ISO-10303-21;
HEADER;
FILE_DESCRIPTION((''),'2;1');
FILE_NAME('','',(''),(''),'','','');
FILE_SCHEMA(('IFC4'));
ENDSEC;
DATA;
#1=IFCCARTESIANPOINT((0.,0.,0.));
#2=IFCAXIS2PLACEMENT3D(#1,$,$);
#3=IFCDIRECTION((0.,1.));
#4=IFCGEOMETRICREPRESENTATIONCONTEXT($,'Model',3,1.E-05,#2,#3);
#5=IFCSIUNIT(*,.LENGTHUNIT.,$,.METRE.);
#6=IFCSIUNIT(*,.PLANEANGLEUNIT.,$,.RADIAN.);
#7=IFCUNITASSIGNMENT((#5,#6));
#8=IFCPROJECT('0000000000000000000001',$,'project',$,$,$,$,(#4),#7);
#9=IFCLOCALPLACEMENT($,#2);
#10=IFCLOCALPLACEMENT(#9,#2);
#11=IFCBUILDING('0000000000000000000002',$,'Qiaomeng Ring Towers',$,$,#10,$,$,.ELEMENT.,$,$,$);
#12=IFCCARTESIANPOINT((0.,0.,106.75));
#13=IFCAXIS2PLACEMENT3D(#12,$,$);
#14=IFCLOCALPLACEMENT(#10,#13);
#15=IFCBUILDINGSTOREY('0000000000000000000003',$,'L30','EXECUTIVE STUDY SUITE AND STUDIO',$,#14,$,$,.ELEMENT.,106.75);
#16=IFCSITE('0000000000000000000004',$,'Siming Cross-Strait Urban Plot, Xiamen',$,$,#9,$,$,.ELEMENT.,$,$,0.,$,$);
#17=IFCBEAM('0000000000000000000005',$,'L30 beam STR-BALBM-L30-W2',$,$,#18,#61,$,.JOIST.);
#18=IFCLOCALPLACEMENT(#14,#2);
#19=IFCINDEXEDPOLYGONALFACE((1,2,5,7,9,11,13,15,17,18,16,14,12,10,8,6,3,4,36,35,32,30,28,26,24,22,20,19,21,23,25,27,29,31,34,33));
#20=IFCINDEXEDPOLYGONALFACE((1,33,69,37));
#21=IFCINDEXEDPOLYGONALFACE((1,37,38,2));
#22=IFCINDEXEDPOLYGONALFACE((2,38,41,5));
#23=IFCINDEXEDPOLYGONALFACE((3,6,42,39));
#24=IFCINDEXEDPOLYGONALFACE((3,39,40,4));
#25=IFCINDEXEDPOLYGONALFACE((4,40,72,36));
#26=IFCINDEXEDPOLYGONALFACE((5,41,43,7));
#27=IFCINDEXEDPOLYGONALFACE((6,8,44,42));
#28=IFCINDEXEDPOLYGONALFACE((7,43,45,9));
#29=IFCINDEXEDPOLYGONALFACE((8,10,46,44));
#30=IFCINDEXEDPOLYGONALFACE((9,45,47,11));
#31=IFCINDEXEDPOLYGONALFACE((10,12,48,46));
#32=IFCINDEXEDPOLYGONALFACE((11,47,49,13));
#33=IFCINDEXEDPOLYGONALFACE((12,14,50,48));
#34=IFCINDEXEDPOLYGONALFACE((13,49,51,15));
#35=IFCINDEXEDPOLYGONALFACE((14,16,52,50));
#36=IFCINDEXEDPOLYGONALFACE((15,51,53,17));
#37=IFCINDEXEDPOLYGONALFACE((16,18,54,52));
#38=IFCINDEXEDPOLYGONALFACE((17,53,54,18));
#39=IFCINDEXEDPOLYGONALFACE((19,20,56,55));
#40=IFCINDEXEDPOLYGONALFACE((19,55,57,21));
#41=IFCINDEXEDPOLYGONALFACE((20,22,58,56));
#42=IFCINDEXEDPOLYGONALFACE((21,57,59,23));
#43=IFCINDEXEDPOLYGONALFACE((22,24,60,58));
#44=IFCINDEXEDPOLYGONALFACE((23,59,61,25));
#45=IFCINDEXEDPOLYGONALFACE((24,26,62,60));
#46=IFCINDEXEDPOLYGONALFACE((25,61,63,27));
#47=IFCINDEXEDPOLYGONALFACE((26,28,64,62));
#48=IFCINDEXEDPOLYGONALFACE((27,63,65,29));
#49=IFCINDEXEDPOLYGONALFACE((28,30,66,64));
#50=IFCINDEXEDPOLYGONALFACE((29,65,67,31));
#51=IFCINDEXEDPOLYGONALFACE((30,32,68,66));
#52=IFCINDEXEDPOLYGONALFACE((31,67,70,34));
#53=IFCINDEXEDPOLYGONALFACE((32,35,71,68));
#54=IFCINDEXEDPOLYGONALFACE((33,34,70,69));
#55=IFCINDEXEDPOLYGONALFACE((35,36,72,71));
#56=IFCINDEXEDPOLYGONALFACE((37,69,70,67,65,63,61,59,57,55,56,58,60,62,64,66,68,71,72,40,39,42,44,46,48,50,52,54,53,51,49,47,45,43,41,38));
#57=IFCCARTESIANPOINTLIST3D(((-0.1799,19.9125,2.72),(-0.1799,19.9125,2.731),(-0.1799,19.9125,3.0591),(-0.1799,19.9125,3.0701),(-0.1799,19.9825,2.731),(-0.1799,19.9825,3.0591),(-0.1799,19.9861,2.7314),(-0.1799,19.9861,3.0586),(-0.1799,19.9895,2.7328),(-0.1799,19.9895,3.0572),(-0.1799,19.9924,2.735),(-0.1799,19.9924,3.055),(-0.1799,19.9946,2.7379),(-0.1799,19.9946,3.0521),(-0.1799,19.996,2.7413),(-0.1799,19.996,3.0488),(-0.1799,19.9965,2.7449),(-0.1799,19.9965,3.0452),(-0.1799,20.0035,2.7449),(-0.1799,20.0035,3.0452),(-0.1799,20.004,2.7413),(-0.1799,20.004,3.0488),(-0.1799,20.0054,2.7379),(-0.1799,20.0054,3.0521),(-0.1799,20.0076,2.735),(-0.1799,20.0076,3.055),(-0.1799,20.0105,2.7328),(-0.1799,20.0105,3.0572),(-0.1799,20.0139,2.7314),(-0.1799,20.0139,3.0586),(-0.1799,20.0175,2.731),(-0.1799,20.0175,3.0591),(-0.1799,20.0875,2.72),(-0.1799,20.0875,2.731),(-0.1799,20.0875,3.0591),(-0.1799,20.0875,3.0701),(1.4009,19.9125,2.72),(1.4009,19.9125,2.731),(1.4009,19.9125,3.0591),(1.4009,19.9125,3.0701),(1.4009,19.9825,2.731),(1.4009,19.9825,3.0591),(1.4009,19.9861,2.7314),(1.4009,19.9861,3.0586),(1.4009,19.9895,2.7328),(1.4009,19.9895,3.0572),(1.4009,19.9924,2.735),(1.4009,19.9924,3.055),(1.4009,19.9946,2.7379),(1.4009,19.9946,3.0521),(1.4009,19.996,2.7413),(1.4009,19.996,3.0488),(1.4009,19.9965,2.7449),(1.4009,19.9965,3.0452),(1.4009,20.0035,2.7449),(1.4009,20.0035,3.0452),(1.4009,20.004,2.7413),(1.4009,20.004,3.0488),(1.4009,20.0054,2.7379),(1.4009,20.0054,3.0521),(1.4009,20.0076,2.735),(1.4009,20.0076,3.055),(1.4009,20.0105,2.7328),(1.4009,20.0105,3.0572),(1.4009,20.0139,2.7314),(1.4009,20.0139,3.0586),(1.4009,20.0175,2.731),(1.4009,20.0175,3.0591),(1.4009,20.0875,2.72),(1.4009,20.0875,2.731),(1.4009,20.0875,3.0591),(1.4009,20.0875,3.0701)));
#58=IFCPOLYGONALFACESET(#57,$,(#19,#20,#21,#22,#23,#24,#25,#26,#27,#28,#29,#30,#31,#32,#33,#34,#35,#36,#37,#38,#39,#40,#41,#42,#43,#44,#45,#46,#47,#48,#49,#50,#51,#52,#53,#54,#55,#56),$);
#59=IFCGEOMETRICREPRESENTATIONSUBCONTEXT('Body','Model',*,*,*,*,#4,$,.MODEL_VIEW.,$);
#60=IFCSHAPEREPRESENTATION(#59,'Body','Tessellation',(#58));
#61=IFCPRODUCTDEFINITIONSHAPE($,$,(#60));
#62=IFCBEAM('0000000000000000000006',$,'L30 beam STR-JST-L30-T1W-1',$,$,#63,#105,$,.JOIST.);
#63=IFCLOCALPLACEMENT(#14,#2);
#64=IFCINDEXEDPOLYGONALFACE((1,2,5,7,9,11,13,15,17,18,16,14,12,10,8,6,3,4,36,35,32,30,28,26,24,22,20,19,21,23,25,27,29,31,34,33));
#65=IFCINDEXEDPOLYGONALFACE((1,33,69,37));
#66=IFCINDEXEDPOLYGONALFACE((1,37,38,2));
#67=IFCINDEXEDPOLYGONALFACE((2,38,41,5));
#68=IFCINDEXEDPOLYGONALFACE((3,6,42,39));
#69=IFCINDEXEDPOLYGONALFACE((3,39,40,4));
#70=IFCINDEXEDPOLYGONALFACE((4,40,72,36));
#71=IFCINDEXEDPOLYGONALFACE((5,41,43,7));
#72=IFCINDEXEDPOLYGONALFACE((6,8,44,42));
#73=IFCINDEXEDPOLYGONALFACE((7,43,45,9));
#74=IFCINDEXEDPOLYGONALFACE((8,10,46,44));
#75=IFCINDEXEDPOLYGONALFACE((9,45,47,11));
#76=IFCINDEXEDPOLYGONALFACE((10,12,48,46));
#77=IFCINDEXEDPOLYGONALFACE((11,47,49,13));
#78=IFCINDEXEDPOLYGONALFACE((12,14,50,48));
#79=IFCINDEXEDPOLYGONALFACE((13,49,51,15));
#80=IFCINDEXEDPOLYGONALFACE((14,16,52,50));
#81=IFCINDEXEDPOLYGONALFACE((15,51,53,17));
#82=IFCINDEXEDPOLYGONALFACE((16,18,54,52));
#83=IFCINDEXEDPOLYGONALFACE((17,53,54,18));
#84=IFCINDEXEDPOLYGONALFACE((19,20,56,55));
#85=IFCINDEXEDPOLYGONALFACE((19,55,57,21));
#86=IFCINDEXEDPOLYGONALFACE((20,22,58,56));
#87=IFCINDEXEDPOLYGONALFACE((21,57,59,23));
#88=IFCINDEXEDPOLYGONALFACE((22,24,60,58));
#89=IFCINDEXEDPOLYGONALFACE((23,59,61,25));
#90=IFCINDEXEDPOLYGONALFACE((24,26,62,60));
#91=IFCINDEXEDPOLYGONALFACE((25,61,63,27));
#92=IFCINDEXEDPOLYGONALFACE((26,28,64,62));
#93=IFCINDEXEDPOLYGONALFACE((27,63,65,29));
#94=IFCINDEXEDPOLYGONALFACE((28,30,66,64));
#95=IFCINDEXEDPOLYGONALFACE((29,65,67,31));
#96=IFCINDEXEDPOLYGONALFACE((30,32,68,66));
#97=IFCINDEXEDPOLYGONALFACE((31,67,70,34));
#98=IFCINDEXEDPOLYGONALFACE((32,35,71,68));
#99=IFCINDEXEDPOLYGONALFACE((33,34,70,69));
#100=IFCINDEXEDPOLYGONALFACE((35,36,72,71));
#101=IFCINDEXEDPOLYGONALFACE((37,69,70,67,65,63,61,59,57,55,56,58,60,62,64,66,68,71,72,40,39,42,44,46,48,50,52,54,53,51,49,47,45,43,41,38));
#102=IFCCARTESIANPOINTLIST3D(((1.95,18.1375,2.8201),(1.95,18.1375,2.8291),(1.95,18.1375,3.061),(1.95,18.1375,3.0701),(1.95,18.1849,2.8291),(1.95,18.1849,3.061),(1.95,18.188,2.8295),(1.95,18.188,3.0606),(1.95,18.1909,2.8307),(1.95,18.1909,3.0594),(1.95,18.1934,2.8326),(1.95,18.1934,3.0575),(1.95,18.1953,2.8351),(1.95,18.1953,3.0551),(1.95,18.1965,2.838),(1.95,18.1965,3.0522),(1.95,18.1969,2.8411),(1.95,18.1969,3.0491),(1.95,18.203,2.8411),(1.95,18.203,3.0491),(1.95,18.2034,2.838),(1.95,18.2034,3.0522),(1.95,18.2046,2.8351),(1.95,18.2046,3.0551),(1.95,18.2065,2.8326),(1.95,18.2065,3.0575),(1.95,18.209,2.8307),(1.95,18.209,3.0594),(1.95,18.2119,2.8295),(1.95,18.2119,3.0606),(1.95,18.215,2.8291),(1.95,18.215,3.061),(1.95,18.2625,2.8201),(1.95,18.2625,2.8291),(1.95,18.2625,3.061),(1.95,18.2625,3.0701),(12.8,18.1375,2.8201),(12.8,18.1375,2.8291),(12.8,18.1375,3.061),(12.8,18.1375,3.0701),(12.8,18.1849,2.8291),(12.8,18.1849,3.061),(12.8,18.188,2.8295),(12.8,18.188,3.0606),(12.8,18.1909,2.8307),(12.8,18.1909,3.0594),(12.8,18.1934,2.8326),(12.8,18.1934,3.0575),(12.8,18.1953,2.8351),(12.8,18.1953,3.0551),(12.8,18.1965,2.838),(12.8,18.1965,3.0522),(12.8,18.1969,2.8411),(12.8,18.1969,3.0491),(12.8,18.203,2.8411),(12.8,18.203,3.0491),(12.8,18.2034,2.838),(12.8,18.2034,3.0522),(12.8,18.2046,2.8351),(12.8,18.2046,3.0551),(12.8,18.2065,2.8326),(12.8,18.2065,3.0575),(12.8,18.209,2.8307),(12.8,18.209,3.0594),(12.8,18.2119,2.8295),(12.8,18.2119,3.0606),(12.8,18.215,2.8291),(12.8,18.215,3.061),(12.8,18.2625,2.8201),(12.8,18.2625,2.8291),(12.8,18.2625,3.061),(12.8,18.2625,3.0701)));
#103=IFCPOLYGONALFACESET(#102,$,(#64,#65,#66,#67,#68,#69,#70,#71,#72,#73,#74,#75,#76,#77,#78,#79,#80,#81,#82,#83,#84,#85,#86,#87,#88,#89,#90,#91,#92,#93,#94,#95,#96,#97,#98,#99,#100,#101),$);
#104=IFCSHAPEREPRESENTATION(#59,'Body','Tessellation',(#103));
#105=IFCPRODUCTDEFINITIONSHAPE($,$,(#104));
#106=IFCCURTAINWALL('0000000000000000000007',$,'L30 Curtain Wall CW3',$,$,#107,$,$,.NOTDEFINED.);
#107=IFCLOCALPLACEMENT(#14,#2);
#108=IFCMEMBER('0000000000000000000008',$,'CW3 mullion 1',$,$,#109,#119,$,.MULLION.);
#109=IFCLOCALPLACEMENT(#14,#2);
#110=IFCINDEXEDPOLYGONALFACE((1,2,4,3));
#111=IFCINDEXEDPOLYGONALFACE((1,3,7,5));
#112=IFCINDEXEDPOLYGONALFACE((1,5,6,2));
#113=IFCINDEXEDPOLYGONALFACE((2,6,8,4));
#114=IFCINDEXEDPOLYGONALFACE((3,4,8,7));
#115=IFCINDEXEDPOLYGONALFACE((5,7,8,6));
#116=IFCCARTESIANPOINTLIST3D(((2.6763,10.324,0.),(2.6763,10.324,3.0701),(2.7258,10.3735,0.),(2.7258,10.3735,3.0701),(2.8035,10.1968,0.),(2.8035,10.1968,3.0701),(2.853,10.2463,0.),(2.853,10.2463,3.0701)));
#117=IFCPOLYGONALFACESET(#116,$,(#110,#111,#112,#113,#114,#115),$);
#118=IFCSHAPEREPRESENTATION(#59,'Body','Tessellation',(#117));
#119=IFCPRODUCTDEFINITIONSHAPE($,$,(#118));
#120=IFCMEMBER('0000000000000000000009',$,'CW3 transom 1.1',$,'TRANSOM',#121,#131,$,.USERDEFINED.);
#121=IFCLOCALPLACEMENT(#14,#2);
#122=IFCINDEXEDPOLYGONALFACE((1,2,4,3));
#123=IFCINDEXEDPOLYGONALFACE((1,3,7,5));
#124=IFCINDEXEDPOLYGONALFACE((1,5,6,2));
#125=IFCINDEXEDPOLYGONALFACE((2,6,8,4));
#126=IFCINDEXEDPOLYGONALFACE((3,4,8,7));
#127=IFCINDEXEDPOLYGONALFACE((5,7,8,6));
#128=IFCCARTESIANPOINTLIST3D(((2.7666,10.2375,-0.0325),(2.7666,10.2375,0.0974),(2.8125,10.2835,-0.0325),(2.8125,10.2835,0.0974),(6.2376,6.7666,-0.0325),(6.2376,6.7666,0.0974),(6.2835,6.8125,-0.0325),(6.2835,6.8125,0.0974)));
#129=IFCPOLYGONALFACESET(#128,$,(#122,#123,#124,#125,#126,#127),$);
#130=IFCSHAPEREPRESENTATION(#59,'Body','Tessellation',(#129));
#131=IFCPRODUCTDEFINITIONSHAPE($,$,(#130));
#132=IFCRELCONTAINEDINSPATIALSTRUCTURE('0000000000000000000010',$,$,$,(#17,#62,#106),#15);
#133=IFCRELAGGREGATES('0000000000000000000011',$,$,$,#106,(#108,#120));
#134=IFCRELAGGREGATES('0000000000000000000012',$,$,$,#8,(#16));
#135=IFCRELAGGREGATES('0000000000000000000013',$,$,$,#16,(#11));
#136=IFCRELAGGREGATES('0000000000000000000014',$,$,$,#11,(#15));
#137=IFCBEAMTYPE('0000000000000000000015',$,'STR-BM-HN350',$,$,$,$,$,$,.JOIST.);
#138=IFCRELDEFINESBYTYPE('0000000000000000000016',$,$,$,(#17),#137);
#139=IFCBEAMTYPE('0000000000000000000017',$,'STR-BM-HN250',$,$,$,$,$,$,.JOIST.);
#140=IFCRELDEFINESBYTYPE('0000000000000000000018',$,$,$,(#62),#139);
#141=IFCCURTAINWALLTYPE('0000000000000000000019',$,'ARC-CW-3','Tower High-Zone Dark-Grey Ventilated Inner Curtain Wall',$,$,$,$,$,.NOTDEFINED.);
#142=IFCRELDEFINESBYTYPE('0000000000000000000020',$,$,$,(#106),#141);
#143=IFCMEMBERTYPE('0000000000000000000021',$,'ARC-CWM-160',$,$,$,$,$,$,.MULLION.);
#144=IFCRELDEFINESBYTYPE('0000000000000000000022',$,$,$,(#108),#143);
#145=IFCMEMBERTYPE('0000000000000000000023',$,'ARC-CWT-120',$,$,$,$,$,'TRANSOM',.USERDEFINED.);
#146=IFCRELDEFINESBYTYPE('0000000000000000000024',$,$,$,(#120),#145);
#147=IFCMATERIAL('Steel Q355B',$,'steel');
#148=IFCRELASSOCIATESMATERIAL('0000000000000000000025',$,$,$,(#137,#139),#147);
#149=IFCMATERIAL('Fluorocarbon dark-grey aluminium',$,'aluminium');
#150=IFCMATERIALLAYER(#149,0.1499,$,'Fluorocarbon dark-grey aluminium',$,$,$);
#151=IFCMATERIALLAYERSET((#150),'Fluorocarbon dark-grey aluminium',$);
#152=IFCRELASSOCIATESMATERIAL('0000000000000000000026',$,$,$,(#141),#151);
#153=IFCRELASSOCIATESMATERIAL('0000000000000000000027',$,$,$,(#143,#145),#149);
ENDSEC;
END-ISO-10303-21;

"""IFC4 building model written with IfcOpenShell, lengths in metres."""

from ifc_helpers import new_model, si_unit, direction, frame, origin, origin_2d, place, context, subcontext, project, spatial, rectangle, i_section, extrude, source, transform, mapped, material, layer, layer_set, material_profile, profile_set, type_object, element, aggregate, save


model = new_model("IFC4")

# Units and contexts
model_context = context("Model", 3, precision=1e-05, world=origin(), true_north=direction((0.0, 1.0)))
body_context = subcontext(model_context, "Body", "Model", "MODEL_VIEW")
ifc_project = project(units=[si_unit("LENGTHUNIT", "METRE"), si_unit("PLANEANGLEUNIT", "RADIAN")], contexts=[model_context])

# Site, building, storey
site_placement = place(None, origin())
site = spatial("IfcSite", under=ifc_project, at=site_placement, Name="Siming Cross-Strait Urban Plot, Xiamen", CompositionType="ELEMENT", RefElevation=0.0)
building_placement = place(site_placement, origin())
building = spatial("IfcBuilding", under=site, at=building_placement, Name="Qiaomeng Ring Towers", CompositionType="ELEMENT")
storey_placement = place(building_placement, frame((0.0, 0.0, 106.75)))
storey = spatial("IfcBuildingStorey", under=building, at=storey_placement, Name="L30", Description="EXECUTIVE STUDY SUITE AND STUDIO", CompositionType="ELEMENT", Elevation=106.75)

# Beams
ifc_material_1 = material(Name="Steel Q355B", Category="steel")
ifc_material_profile_1 = material_profile(ifc_material_1, i_section(OverallWidth=0.175, OverallDepth=0.3501, WebThickness=0.0071, FlangeThickness=0.011, FilletRadius=0.0139, at=origin_2d()), Name="HN 350x175x7x11")
ifc_profile_set_1 = profile_set([ifc_material_profile_1], Name="Steel Q355B")
beam_type_1 = type_object("IfcBeamType", Name="STR-BM-HN350", PredefinedType="JOIST", material=ifc_profile_set_1)
shared_shape_1 = source(origin(), body_context, "Body", "SweptSolid", [
    extrude(i_section(OverallWidth=0.175, OverallDepth=0.3501, WebThickness=0.0071, FlangeThickness=0.011, FilletRadius=0.0139, at=origin_2d()), origin(), (0.0, 0.0, 1.0), 1.5808),
])
beam_1_placement = place(storey_placement, frame((-0.1799, 20.0, 2.895), z_axis=(1.0, 0.0, 0.0), x_axis=(0.0, 1.0, 0.0)))
element("IfcBeam", 1, at=beam_1_placement, inside=storey, type_object=beam_type_1, Name="L30 beam STR-BALBM-L30-W2", PredefinedType="JOIST", context=body_context, shape_type="MappedRepresentation", body=[
    mapped(shared_shape_1, transform((0.0, 0.0, 0.0), x_axis=(1.0, 0.0, 0.0), y_axis=(0.0, 1.0, 0.0), z_axis=(0.0, 0.0, 1.0), scale=1.0)),
])
ifc_material_profile_2 = material_profile(ifc_material_1, i_section(OverallWidth=0.125, OverallDepth=0.25, WebThickness=0.0061, FlangeThickness=0.009, FilletRadius=0.012, at=origin_2d()), Name="HN 250x125x6x9")
ifc_profile_set_2 = profile_set([ifc_material_profile_2], Name="Steel Q355B")
beam_type_2 = type_object("IfcBeamType", Name="STR-BM-HN250", PredefinedType="JOIST", material=ifc_profile_set_2)
shared_shape_2 = source(origin(), body_context, "Body", "SweptSolid", [
    extrude(i_section(OverallWidth=0.125, OverallDepth=0.25, WebThickness=0.0061, FlangeThickness=0.009, FilletRadius=0.012, at=origin_2d()), origin(), (0.0, 0.0, 1.0), 10.8501),
])
beam_2_placement = place(storey_placement, frame((1.95, 18.2, 2.9451), z_axis=(1.0, 0.0, 0.0), x_axis=(0.0, 1.0, 0.0)))
element("IfcBeam", 2, at=beam_2_placement, inside=storey, type_object=beam_type_2, Name="L30 beam STR-JST-L30-T1W-1", PredefinedType="JOIST", context=body_context, shape_type="MappedRepresentation", body=[
    mapped(shared_shape_2, transform((0.0, 0.0, 0.0), x_axis=(1.0, 0.0, 0.0), y_axis=(0.0, 1.0, 0.0), z_axis=(0.0, 0.0, 1.0), scale=1.0)),
])

# Curtain wall, members
ifc_material_2 = material(Name="Fluorocarbon dark-grey aluminium", Category="aluminium")
ifc_layer_1 = layer(ifc_material_2, 0.1499, Name="Fluorocarbon dark-grey aluminium")
ifc_layer_set_1 = layer_set([ifc_layer_1], Name="Fluorocarbon dark-grey aluminium")
curtain_wall_type = type_object("IfcCurtainWallType", Name="ARC-CW-3", Description="Tower High-Zone Dark-Grey Ventilated Inner Curtain Wall", PredefinedType="NOTDEFINED", material=ifc_layer_set_1)
curtain_wall_placement = place(storey_placement, origin())
curtain_wall = element("IfcCurtainWall", 3, at=curtain_wall_placement, inside=storey, type_object=curtain_wall_type, Name="L30 Curtain Wall CW3", PredefinedType="NOTDEFINED")
ifc_material_profile_3 = material_profile(ifc_material_2, rectangle(XDim=0.0701, YDim=0.1799, at=origin_2d()), Name="ALU MULL 70x180")
ifc_profile_set_3 = profile_set([ifc_material_profile_3], Name="Fluorocarbon dark-grey aluminium")
member_type_1 = type_object("IfcMemberType", Name="ARC-CWM-160", PredefinedType="MULLION", material=ifc_profile_set_3)
shared_shape_3 = source(origin(), body_context, "Body", "SweptSolid", [
    extrude(rectangle(XDim=0.0701, YDim=0.1799, at=origin_2d()), origin(), (0.0, 0.0, 1.0), 3.0701),
])
member_1_placement = place(storey_placement, frame((2.7646, 10.2852, 0.0), z_axis=(0.0, 0.0, 1.0), x_axis=(0.707107, 0.707107, 0.0)))
member_1 = element("IfcMember", 4, at=member_1_placement, type_object=member_type_1, Name="CW3 mullion 1", PredefinedType="MULLION", context=body_context, shape_type="MappedRepresentation", body=[
    mapped(shared_shape_3, transform((0.0, 0.0, 0.0), x_axis=(1.0, 0.0, 0.0), y_axis=(0.0, 1.0, 0.0), z_axis=(0.0, 0.0, 1.0), scale=1.0)),
])
ifc_material_profile_4 = material_profile(ifc_material_2, rectangle(XDim=0.0649, YDim=0.1299, at=origin_2d()), Name="ALU TRAN 65x130")
ifc_profile_set_4 = profile_set([ifc_material_profile_4], Name="Fluorocarbon dark-grey aluminium")
member_type_2 = type_object("IfcMemberType", Name="ARC-CWT-120", ElementType="TRANSOM", PredefinedType="USERDEFINED", material=ifc_profile_set_4)
shared_shape_4 = source(origin(), body_context, "Body", "SweptSolid", [
    extrude(rectangle(XDim=0.0649, YDim=0.1299, at=origin_2d()), origin(), (0.0, 0.0, 1.0), 4.9087),
])
member_2_placement = place(storey_placement, frame((2.7896, 10.2605, 0.0325), z_axis=(0.707107, -0.707107, 0.0), x_axis=(0.707107, 0.707107, 0.0)))
member_2 = element("IfcMember", 5, at=member_2_placement, type_object=member_type_2, Name="CW3 transom 1.1", ObjectType="TRANSOM", PredefinedType="USERDEFINED", context=body_context, shape_type="MappedRepresentation", body=[
    mapped(shared_shape_4, transform((0.0, 0.0, 0.0), x_axis=(1.0, 0.0, 0.0), y_axis=(0.0, 1.0, 0.0), z_axis=(0.0, 0.0, 1.0), scale=1.0)),
])
aggregate(curtain_wall, [member_1, member_2])

save(model, "model.ifc")
